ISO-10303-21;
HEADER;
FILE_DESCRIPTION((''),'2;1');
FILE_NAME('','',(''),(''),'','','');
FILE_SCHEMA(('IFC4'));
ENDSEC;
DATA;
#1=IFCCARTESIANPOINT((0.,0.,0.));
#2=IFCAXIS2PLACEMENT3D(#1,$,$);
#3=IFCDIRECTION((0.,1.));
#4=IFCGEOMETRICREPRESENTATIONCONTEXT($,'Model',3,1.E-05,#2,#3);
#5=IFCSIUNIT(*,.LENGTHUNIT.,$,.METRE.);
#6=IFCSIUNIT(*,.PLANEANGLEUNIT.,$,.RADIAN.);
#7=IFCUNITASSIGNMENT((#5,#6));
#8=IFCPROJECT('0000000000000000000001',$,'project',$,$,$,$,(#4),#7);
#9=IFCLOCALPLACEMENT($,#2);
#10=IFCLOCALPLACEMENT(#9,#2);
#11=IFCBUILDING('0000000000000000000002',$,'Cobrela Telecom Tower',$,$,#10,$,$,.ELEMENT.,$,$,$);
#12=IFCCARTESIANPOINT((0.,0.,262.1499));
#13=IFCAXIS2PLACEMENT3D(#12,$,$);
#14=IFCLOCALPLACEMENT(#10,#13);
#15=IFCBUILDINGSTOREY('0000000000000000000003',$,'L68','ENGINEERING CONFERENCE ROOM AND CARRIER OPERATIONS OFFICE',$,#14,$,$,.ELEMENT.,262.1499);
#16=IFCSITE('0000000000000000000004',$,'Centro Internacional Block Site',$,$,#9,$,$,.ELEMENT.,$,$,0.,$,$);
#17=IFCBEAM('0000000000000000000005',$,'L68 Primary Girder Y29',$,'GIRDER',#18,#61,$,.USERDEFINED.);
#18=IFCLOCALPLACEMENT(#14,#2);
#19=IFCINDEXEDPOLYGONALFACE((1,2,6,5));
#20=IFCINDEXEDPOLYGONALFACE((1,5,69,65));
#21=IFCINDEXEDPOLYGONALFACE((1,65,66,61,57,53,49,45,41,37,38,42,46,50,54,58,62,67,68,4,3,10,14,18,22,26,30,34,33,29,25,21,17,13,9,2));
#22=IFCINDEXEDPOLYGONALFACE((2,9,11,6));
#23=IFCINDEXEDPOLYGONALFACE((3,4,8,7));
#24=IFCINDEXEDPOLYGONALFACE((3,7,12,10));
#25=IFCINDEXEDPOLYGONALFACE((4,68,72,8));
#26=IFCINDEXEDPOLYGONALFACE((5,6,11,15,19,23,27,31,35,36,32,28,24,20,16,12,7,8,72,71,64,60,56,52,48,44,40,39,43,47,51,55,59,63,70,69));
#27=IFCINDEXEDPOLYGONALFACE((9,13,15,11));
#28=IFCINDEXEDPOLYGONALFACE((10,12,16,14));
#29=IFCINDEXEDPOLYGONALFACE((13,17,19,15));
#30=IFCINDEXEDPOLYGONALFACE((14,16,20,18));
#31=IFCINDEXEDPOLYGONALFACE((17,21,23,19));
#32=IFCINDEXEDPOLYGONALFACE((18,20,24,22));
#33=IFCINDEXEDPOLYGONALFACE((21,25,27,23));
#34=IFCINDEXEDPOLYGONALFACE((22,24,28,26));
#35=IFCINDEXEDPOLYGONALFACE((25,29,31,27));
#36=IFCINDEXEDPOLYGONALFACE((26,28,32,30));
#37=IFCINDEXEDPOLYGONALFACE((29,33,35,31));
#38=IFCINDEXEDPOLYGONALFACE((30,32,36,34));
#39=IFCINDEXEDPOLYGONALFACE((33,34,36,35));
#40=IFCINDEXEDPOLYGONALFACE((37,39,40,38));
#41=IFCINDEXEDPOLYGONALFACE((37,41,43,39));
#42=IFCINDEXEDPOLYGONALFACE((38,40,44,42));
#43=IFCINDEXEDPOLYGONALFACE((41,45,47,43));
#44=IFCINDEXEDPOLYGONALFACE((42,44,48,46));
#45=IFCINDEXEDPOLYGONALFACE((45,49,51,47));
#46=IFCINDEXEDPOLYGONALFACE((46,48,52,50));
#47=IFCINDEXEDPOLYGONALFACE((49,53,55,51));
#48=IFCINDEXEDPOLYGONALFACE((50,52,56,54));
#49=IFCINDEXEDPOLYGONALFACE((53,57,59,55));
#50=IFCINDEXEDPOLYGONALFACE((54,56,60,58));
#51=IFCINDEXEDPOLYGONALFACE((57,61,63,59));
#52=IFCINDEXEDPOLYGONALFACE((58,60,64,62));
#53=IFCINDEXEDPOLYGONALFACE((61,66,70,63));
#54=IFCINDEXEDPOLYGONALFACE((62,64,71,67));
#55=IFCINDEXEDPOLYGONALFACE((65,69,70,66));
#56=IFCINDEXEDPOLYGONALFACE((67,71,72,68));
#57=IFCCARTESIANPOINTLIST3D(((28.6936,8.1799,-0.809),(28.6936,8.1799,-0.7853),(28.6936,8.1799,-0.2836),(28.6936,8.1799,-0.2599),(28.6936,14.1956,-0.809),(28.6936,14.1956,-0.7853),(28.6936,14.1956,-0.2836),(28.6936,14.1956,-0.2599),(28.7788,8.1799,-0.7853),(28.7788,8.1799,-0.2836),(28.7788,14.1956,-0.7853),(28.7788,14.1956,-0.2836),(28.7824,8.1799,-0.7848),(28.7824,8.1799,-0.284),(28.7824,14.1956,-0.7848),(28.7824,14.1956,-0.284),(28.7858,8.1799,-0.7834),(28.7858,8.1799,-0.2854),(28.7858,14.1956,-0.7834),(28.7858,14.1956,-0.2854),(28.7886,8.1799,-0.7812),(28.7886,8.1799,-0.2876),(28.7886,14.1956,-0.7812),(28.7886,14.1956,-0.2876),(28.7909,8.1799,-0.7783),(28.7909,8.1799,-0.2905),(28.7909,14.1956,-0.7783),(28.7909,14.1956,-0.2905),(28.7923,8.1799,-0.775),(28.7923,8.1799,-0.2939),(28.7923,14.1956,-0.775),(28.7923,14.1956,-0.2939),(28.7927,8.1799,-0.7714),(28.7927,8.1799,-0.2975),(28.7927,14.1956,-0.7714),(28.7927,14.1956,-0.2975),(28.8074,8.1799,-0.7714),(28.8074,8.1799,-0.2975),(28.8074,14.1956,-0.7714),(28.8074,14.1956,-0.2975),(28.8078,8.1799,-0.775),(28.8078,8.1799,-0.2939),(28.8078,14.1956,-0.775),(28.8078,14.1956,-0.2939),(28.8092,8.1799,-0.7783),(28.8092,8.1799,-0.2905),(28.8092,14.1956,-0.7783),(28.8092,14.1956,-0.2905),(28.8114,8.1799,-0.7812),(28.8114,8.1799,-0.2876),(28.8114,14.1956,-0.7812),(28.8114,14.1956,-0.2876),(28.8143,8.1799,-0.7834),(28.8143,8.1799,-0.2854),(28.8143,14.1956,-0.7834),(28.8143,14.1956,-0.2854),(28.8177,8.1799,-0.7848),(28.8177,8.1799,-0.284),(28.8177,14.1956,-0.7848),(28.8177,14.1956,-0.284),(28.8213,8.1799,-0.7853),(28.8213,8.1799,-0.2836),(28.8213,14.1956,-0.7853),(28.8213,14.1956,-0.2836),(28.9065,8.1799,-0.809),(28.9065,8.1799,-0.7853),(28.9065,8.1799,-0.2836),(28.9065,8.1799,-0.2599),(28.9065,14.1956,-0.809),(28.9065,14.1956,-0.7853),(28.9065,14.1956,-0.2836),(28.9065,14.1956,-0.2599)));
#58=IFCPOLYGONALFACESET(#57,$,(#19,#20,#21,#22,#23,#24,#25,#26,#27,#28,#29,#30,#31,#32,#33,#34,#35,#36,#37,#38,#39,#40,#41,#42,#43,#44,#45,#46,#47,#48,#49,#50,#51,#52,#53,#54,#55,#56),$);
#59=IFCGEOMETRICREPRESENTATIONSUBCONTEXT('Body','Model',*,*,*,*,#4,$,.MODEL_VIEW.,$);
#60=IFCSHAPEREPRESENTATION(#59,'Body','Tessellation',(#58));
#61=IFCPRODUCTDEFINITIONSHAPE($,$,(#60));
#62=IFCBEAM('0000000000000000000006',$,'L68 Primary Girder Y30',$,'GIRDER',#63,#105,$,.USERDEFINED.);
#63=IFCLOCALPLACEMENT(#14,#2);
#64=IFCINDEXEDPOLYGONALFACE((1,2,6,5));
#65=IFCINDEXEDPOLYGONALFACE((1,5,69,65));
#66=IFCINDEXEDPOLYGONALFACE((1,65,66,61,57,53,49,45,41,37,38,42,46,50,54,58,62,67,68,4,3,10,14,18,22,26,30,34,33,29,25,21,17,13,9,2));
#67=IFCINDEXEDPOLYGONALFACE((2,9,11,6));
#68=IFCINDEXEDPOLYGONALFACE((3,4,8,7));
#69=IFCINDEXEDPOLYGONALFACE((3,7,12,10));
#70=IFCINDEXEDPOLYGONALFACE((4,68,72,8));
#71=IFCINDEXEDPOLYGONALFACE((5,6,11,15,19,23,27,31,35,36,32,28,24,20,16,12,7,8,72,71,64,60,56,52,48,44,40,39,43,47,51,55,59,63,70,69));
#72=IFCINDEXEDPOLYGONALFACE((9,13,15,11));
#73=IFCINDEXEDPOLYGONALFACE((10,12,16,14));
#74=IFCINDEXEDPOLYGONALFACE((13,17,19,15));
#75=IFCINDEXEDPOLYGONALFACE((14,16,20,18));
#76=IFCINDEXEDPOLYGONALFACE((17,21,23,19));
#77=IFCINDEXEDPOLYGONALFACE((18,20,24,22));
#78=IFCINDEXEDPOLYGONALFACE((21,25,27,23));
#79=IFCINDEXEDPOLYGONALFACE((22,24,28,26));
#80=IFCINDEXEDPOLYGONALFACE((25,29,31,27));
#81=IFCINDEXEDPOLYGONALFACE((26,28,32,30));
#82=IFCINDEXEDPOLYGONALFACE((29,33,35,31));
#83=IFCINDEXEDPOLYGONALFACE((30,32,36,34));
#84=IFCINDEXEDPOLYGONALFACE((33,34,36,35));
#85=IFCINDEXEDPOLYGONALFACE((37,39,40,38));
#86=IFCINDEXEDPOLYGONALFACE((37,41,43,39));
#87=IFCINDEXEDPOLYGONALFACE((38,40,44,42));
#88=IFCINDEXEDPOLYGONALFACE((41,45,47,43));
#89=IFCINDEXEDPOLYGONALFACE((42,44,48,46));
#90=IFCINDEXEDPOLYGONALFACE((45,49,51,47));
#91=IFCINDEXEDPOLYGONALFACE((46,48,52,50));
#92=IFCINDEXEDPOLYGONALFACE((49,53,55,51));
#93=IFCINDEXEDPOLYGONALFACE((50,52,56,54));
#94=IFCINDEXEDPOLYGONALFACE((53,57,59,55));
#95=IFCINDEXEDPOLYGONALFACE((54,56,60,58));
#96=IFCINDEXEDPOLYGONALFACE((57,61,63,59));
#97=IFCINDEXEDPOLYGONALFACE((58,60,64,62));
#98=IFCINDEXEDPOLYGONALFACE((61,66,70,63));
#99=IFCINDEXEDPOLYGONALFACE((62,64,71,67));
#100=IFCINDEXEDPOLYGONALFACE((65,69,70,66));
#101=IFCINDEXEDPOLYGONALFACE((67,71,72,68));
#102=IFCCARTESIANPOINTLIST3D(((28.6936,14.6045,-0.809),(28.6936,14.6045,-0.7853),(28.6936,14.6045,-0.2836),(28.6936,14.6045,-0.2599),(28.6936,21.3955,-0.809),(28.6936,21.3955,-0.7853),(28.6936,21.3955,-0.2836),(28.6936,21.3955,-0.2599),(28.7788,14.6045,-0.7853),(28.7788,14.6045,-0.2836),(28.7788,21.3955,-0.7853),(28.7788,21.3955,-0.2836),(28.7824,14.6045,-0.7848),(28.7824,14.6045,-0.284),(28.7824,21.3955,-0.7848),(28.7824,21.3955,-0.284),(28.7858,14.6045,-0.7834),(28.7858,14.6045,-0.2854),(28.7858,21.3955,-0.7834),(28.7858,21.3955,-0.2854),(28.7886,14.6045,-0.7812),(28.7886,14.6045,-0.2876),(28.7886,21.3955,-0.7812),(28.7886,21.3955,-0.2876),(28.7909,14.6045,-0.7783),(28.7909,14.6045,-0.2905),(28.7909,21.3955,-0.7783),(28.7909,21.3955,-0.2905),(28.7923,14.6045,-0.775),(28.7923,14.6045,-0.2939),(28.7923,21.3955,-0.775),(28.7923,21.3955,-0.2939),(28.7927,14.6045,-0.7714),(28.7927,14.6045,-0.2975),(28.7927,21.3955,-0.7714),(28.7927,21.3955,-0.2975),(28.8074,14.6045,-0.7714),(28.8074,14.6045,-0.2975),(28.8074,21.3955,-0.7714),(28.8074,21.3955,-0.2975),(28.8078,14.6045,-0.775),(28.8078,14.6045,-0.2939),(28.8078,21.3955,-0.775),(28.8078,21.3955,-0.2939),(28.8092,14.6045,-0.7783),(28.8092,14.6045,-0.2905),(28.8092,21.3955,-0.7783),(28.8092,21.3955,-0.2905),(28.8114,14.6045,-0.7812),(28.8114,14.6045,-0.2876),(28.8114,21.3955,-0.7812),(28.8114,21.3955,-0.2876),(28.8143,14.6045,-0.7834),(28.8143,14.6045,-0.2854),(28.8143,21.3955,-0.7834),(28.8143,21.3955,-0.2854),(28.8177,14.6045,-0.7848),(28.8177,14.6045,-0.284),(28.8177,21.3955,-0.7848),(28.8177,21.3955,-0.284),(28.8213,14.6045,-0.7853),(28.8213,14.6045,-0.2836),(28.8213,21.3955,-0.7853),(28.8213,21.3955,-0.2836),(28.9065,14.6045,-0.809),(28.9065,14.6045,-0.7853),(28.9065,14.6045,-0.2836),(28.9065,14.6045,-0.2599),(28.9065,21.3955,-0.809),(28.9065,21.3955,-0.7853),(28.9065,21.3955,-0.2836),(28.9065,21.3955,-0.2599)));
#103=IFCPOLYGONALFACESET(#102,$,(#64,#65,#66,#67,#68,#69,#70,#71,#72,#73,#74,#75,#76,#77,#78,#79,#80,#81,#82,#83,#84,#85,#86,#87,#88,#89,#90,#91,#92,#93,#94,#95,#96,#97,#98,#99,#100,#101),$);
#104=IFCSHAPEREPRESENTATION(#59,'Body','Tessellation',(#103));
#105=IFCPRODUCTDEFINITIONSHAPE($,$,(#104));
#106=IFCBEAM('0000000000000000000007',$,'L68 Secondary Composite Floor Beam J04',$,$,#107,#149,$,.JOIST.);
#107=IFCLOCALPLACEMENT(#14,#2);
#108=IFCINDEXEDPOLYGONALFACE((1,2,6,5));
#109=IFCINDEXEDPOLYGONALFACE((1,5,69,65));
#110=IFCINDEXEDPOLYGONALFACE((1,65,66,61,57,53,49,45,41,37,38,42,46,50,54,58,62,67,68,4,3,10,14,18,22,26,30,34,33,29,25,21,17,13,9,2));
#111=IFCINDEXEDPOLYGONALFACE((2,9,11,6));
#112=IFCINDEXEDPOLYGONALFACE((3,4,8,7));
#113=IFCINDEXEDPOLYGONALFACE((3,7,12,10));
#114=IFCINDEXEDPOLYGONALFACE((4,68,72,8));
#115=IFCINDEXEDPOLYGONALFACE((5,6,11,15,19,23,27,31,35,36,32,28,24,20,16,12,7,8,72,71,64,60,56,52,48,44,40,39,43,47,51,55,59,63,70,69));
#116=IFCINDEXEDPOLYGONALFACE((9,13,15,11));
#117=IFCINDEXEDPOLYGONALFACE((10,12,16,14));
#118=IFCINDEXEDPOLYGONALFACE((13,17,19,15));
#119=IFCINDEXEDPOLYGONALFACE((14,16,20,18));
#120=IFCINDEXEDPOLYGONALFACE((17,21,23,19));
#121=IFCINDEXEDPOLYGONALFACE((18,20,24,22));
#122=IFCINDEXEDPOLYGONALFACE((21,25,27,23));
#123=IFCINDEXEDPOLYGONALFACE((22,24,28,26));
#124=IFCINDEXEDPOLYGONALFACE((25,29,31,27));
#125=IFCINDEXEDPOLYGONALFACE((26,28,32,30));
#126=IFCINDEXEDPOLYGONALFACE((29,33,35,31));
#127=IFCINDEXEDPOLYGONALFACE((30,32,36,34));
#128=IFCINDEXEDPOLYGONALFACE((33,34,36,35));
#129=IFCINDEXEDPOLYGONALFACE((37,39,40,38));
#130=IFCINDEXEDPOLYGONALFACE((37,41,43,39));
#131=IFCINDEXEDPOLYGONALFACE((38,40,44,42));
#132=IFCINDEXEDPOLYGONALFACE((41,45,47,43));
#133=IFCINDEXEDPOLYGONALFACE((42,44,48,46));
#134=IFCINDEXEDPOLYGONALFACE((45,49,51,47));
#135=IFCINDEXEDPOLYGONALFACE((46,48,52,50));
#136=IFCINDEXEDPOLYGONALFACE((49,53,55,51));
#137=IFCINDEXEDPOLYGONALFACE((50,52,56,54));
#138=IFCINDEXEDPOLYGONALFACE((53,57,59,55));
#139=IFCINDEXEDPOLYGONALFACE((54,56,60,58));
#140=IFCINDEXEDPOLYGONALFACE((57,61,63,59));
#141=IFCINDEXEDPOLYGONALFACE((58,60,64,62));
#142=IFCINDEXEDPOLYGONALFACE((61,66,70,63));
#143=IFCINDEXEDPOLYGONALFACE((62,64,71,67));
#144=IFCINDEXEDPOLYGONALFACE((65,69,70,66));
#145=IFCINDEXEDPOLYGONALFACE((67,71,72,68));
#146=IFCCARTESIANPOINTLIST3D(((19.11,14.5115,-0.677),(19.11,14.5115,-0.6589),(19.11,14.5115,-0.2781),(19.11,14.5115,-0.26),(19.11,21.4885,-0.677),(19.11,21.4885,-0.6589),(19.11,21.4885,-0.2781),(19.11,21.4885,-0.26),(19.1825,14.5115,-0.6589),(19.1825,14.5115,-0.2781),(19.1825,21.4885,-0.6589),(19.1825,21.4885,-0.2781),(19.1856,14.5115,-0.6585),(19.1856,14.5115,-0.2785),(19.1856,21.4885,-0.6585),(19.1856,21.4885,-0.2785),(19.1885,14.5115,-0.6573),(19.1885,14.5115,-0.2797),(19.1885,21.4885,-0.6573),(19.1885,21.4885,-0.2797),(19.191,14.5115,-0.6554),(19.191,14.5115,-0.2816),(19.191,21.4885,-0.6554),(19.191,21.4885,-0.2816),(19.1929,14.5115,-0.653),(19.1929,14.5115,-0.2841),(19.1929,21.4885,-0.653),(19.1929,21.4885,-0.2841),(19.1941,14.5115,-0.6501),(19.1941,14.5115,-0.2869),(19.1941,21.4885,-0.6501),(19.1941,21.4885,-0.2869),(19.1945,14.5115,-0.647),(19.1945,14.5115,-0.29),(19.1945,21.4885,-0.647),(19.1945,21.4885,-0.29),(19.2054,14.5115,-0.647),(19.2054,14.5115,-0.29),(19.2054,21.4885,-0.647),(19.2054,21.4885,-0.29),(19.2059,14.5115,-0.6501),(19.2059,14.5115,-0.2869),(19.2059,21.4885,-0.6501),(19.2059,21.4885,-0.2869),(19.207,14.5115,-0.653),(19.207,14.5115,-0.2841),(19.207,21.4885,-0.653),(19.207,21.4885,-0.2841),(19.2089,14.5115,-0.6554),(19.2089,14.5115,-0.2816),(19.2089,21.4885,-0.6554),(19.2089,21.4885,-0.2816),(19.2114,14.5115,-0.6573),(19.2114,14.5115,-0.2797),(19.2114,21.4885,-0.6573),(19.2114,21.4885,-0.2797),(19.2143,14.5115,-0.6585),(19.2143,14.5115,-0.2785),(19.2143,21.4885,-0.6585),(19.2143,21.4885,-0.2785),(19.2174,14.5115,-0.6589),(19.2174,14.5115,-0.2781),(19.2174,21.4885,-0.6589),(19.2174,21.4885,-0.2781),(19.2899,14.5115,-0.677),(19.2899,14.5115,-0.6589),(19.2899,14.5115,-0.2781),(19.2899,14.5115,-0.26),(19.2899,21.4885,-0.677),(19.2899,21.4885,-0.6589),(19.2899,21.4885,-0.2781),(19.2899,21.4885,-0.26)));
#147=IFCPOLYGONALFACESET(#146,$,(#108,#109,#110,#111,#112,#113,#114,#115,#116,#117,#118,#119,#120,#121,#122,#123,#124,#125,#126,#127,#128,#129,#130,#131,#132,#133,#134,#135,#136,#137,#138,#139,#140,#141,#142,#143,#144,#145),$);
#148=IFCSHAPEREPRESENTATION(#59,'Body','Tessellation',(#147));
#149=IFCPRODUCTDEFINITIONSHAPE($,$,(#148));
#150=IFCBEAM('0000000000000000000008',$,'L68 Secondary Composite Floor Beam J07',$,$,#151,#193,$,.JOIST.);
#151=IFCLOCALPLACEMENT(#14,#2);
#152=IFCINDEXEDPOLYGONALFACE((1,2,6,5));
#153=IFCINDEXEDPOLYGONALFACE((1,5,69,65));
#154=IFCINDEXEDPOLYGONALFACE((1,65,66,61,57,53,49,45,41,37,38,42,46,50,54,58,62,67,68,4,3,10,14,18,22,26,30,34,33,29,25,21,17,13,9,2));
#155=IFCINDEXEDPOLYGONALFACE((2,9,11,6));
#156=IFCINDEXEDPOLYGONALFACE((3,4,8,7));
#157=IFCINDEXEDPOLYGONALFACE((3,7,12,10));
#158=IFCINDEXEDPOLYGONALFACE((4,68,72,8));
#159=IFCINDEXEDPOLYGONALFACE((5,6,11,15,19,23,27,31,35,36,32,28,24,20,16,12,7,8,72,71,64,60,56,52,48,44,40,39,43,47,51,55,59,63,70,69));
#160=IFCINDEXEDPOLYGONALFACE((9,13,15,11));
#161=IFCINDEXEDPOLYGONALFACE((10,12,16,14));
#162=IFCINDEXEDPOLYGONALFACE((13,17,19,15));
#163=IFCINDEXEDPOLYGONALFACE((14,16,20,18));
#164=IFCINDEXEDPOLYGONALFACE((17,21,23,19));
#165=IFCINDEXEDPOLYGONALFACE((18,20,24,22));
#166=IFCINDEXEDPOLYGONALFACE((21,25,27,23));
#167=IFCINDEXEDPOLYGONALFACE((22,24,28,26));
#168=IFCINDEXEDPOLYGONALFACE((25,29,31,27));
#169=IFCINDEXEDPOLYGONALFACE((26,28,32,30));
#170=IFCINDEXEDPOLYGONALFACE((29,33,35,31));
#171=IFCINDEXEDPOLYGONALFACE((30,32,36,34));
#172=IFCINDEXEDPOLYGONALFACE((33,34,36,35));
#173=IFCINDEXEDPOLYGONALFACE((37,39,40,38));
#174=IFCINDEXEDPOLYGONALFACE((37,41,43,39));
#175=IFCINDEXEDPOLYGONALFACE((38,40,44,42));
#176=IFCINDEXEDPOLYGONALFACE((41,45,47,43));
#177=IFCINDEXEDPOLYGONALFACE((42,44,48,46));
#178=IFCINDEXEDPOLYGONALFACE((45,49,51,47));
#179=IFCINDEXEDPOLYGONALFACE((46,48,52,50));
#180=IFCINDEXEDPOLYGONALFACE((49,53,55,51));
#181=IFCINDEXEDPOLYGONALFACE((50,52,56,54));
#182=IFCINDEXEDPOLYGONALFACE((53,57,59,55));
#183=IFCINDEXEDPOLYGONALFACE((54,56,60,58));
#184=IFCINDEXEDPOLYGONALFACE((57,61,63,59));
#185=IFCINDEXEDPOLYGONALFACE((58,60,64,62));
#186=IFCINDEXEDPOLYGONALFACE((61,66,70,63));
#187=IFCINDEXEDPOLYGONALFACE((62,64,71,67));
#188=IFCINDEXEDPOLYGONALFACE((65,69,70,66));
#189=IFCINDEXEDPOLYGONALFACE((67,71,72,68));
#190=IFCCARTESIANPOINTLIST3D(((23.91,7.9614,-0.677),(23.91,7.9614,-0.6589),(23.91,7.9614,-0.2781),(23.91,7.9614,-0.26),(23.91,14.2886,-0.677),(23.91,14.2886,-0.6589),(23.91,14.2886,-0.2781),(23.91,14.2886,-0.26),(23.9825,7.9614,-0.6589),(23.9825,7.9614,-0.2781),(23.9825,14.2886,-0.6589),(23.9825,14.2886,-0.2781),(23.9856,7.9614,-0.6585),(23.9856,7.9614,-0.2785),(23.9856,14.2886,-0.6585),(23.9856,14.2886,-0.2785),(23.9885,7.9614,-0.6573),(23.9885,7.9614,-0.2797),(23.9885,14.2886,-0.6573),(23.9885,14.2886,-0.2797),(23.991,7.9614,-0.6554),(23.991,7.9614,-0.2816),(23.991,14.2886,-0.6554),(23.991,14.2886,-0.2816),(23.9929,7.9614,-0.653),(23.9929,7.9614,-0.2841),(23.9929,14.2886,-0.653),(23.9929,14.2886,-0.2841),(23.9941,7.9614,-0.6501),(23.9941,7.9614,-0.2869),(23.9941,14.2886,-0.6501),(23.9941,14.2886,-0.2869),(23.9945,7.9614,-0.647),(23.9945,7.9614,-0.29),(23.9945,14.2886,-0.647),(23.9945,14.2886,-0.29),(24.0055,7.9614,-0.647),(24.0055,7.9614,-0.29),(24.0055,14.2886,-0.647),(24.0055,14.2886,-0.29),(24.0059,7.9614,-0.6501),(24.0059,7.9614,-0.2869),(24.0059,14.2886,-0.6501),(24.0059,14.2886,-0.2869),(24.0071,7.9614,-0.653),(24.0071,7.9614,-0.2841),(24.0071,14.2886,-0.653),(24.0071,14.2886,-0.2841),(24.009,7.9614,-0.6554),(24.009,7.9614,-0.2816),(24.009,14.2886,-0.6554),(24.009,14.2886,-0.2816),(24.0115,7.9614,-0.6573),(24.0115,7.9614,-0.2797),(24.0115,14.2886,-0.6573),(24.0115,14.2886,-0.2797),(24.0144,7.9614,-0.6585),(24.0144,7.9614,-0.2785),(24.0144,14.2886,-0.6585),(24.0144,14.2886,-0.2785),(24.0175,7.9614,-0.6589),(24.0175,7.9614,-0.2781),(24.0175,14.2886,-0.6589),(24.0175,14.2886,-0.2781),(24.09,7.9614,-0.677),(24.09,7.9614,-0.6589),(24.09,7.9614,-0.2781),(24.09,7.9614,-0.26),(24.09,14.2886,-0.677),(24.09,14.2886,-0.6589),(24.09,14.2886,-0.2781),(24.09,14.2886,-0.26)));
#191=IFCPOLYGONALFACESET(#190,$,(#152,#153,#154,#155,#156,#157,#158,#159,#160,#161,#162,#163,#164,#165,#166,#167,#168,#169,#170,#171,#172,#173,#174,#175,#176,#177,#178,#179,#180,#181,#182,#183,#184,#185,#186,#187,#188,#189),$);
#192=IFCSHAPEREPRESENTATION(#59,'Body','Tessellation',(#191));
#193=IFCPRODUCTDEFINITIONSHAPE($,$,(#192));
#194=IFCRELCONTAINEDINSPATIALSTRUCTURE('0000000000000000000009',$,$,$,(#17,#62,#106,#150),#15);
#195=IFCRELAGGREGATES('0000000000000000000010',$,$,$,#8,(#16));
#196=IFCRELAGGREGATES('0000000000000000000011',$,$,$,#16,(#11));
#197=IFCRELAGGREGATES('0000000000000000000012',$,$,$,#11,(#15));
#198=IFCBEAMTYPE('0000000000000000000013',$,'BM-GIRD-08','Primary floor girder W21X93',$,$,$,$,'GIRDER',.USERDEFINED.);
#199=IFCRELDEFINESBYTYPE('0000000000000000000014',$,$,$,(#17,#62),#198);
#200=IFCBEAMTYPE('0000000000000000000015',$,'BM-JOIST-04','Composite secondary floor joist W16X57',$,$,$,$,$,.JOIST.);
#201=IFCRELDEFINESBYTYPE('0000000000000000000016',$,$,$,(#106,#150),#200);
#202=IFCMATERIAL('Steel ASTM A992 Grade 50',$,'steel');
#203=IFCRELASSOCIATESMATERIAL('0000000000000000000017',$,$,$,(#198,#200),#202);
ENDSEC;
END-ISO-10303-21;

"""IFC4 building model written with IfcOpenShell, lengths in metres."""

from ifc_helpers import new_model, si_unit, direction, frame, origin, origin_2d, place, context, subcontext, project, spatial, i_section, extrude, material, material_profile, profile_set, type_object, element, save


model = new_model("IFC4")

# Units and contexts
model_context = context("Model", 3, precision=1e-05, world=origin(), true_north=direction((0.0, 1.0)))
body_context = subcontext(model_context, "Body", "Model", "MODEL_VIEW")
ifc_project = project(units=[si_unit("LENGTHUNIT", "METRE"), si_unit("PLANEANGLEUNIT", "RADIAN")], contexts=[model_context])

# Site, building, storey
site_placement = place(None, origin())
site = spatial("IfcSite", under=ifc_project, at=site_placement, Name="Centro Internacional Block Site", CompositionType="ELEMENT", RefElevation=0.0)
building_placement = place(site_placement, origin())
building = spatial("IfcBuilding", under=site, at=building_placement, Name="Cobrela Telecom Tower", CompositionType="ELEMENT")
storey_placement = place(building_placement, frame((0.0, 0.0, 262.1499)))
storey = spatial("IfcBuildingStorey", under=building, at=storey_placement, Name="L68", Description="ENGINEERING CONFERENCE ROOM AND CARRIER OPERATIONS OFFICE", CompositionType="ELEMENT", Elevation=262.1499)

# Shared definitions
ifc_material_1 = material(Name="Steel ASTM A992 Grade 50", Category="steel")

# Beams
ifc_material_profile_1 = material_profile(ifc_material_1, i_section(OverallWidth=0.2129, OverallDepth=0.5491, WebThickness=0.0146, FlangeThickness=0.0237, FilletRadius=0.0139, at=origin_2d()), Name="W21X93")
ifc_profile_set_1 = profile_set([ifc_material_profile_1], Name="Steel ASTM A992 Grade 50")
beam_type_1 = type_object("IfcBeamType", Name="BM-GIRD-08", Description="Primary floor girder W21X93", ElementType="GIRDER", PredefinedType="USERDEFINED", material=ifc_profile_set_1)
beam_1_placement = place(storey_placement, frame((28.8, 8.1799, -0.5344), z_axis=(0.0, 1.0, 0.0), x_axis=(-1.0, 0.0, 0.0)))
element("IfcBeam", 1, at=beam_1_placement, inside=storey, type_object=beam_type_1, Name="L68 Primary Girder Y29", ObjectType="GIRDER", PredefinedType="USERDEFINED", context=body_context, shape_type="SweptSolid", body=[
    extrude(i_section(OverallWidth=0.2129, OverallDepth=0.5491, WebThickness=0.0146, FlangeThickness=0.0237, FilletRadius=0.0139, at=origin_2d()), origin(), (0.0, 0.0, 1.0), 6.0156),
])
beam_2_placement = place(storey_placement, frame((28.8, 14.6045, -0.5344), z_axis=(0.0, 1.0, 0.0), x_axis=(-1.0, 0.0, 0.0)))
element("IfcBeam", 2, at=beam_2_placement, inside=storey, type_object=beam_type_1, Name="L68 Primary Girder Y30", ObjectType="GIRDER", PredefinedType="USERDEFINED", context=body_context, shape_type="SweptSolid", body=[
    extrude(i_section(OverallWidth=0.2129, OverallDepth=0.5491, WebThickness=0.0146, FlangeThickness=0.0237, FilletRadius=0.0139, at=origin_2d()), origin(), (0.0, 0.0, 1.0), 6.791),
])
ifc_material_profile_2 = material_profile(ifc_material_1, i_section(OverallWidth=0.1799, OverallDepth=0.417, WebThickness=0.011, FlangeThickness=0.0181, FilletRadius=0.012, at=origin_2d()), Name="W16X57")
ifc_profile_set_2 = profile_set([ifc_material_profile_2], Name="Steel ASTM A992 Grade 50")
beam_type_2 = type_object("IfcBeamType", Name="BM-JOIST-04", Description="Composite secondary floor joist W16X57", PredefinedType="JOIST", material=ifc_profile_set_2)
beam_3_placement = place(storey_placement, frame((19.2, 14.5115, -0.4685), z_axis=(0.0, 1.0, 0.0), x_axis=(-1.0, 0.0, 0.0)))
element("IfcBeam", 3, at=beam_3_placement, inside=storey, type_object=beam_type_2, Name="L68 Secondary Composite Floor Beam J04", PredefinedType="JOIST", context=body_context, shape_type="SweptSolid", body=[
    extrude(i_section(OverallWidth=0.1799, OverallDepth=0.417, WebThickness=0.011, FlangeThickness=0.0181, FilletRadius=0.012, at=origin_2d()), origin(), (0.0, 0.0, 1.0), 6.9771),
])
beam_4_placement = place(storey_placement, frame((24.0, 7.9614, -0.4685), z_axis=(0.0, 1.0, 0.0), x_axis=(-1.0, 0.0, 0.0)))
element("IfcBeam", 4, at=beam_4_placement, inside=storey, type_object=beam_type_2, Name="L68 Secondary Composite Floor Beam J07", PredefinedType="JOIST", context=body_context, shape_type="SweptSolid", body=[
    extrude(i_section(OverallWidth=0.1799, OverallDepth=0.417, WebThickness=0.011, FlangeThickness=0.0181, FilletRadius=0.012, at=origin_2d()), origin(), (0.0, 0.0, 1.0), 6.3271),
])

save(model, "model.ifc")
